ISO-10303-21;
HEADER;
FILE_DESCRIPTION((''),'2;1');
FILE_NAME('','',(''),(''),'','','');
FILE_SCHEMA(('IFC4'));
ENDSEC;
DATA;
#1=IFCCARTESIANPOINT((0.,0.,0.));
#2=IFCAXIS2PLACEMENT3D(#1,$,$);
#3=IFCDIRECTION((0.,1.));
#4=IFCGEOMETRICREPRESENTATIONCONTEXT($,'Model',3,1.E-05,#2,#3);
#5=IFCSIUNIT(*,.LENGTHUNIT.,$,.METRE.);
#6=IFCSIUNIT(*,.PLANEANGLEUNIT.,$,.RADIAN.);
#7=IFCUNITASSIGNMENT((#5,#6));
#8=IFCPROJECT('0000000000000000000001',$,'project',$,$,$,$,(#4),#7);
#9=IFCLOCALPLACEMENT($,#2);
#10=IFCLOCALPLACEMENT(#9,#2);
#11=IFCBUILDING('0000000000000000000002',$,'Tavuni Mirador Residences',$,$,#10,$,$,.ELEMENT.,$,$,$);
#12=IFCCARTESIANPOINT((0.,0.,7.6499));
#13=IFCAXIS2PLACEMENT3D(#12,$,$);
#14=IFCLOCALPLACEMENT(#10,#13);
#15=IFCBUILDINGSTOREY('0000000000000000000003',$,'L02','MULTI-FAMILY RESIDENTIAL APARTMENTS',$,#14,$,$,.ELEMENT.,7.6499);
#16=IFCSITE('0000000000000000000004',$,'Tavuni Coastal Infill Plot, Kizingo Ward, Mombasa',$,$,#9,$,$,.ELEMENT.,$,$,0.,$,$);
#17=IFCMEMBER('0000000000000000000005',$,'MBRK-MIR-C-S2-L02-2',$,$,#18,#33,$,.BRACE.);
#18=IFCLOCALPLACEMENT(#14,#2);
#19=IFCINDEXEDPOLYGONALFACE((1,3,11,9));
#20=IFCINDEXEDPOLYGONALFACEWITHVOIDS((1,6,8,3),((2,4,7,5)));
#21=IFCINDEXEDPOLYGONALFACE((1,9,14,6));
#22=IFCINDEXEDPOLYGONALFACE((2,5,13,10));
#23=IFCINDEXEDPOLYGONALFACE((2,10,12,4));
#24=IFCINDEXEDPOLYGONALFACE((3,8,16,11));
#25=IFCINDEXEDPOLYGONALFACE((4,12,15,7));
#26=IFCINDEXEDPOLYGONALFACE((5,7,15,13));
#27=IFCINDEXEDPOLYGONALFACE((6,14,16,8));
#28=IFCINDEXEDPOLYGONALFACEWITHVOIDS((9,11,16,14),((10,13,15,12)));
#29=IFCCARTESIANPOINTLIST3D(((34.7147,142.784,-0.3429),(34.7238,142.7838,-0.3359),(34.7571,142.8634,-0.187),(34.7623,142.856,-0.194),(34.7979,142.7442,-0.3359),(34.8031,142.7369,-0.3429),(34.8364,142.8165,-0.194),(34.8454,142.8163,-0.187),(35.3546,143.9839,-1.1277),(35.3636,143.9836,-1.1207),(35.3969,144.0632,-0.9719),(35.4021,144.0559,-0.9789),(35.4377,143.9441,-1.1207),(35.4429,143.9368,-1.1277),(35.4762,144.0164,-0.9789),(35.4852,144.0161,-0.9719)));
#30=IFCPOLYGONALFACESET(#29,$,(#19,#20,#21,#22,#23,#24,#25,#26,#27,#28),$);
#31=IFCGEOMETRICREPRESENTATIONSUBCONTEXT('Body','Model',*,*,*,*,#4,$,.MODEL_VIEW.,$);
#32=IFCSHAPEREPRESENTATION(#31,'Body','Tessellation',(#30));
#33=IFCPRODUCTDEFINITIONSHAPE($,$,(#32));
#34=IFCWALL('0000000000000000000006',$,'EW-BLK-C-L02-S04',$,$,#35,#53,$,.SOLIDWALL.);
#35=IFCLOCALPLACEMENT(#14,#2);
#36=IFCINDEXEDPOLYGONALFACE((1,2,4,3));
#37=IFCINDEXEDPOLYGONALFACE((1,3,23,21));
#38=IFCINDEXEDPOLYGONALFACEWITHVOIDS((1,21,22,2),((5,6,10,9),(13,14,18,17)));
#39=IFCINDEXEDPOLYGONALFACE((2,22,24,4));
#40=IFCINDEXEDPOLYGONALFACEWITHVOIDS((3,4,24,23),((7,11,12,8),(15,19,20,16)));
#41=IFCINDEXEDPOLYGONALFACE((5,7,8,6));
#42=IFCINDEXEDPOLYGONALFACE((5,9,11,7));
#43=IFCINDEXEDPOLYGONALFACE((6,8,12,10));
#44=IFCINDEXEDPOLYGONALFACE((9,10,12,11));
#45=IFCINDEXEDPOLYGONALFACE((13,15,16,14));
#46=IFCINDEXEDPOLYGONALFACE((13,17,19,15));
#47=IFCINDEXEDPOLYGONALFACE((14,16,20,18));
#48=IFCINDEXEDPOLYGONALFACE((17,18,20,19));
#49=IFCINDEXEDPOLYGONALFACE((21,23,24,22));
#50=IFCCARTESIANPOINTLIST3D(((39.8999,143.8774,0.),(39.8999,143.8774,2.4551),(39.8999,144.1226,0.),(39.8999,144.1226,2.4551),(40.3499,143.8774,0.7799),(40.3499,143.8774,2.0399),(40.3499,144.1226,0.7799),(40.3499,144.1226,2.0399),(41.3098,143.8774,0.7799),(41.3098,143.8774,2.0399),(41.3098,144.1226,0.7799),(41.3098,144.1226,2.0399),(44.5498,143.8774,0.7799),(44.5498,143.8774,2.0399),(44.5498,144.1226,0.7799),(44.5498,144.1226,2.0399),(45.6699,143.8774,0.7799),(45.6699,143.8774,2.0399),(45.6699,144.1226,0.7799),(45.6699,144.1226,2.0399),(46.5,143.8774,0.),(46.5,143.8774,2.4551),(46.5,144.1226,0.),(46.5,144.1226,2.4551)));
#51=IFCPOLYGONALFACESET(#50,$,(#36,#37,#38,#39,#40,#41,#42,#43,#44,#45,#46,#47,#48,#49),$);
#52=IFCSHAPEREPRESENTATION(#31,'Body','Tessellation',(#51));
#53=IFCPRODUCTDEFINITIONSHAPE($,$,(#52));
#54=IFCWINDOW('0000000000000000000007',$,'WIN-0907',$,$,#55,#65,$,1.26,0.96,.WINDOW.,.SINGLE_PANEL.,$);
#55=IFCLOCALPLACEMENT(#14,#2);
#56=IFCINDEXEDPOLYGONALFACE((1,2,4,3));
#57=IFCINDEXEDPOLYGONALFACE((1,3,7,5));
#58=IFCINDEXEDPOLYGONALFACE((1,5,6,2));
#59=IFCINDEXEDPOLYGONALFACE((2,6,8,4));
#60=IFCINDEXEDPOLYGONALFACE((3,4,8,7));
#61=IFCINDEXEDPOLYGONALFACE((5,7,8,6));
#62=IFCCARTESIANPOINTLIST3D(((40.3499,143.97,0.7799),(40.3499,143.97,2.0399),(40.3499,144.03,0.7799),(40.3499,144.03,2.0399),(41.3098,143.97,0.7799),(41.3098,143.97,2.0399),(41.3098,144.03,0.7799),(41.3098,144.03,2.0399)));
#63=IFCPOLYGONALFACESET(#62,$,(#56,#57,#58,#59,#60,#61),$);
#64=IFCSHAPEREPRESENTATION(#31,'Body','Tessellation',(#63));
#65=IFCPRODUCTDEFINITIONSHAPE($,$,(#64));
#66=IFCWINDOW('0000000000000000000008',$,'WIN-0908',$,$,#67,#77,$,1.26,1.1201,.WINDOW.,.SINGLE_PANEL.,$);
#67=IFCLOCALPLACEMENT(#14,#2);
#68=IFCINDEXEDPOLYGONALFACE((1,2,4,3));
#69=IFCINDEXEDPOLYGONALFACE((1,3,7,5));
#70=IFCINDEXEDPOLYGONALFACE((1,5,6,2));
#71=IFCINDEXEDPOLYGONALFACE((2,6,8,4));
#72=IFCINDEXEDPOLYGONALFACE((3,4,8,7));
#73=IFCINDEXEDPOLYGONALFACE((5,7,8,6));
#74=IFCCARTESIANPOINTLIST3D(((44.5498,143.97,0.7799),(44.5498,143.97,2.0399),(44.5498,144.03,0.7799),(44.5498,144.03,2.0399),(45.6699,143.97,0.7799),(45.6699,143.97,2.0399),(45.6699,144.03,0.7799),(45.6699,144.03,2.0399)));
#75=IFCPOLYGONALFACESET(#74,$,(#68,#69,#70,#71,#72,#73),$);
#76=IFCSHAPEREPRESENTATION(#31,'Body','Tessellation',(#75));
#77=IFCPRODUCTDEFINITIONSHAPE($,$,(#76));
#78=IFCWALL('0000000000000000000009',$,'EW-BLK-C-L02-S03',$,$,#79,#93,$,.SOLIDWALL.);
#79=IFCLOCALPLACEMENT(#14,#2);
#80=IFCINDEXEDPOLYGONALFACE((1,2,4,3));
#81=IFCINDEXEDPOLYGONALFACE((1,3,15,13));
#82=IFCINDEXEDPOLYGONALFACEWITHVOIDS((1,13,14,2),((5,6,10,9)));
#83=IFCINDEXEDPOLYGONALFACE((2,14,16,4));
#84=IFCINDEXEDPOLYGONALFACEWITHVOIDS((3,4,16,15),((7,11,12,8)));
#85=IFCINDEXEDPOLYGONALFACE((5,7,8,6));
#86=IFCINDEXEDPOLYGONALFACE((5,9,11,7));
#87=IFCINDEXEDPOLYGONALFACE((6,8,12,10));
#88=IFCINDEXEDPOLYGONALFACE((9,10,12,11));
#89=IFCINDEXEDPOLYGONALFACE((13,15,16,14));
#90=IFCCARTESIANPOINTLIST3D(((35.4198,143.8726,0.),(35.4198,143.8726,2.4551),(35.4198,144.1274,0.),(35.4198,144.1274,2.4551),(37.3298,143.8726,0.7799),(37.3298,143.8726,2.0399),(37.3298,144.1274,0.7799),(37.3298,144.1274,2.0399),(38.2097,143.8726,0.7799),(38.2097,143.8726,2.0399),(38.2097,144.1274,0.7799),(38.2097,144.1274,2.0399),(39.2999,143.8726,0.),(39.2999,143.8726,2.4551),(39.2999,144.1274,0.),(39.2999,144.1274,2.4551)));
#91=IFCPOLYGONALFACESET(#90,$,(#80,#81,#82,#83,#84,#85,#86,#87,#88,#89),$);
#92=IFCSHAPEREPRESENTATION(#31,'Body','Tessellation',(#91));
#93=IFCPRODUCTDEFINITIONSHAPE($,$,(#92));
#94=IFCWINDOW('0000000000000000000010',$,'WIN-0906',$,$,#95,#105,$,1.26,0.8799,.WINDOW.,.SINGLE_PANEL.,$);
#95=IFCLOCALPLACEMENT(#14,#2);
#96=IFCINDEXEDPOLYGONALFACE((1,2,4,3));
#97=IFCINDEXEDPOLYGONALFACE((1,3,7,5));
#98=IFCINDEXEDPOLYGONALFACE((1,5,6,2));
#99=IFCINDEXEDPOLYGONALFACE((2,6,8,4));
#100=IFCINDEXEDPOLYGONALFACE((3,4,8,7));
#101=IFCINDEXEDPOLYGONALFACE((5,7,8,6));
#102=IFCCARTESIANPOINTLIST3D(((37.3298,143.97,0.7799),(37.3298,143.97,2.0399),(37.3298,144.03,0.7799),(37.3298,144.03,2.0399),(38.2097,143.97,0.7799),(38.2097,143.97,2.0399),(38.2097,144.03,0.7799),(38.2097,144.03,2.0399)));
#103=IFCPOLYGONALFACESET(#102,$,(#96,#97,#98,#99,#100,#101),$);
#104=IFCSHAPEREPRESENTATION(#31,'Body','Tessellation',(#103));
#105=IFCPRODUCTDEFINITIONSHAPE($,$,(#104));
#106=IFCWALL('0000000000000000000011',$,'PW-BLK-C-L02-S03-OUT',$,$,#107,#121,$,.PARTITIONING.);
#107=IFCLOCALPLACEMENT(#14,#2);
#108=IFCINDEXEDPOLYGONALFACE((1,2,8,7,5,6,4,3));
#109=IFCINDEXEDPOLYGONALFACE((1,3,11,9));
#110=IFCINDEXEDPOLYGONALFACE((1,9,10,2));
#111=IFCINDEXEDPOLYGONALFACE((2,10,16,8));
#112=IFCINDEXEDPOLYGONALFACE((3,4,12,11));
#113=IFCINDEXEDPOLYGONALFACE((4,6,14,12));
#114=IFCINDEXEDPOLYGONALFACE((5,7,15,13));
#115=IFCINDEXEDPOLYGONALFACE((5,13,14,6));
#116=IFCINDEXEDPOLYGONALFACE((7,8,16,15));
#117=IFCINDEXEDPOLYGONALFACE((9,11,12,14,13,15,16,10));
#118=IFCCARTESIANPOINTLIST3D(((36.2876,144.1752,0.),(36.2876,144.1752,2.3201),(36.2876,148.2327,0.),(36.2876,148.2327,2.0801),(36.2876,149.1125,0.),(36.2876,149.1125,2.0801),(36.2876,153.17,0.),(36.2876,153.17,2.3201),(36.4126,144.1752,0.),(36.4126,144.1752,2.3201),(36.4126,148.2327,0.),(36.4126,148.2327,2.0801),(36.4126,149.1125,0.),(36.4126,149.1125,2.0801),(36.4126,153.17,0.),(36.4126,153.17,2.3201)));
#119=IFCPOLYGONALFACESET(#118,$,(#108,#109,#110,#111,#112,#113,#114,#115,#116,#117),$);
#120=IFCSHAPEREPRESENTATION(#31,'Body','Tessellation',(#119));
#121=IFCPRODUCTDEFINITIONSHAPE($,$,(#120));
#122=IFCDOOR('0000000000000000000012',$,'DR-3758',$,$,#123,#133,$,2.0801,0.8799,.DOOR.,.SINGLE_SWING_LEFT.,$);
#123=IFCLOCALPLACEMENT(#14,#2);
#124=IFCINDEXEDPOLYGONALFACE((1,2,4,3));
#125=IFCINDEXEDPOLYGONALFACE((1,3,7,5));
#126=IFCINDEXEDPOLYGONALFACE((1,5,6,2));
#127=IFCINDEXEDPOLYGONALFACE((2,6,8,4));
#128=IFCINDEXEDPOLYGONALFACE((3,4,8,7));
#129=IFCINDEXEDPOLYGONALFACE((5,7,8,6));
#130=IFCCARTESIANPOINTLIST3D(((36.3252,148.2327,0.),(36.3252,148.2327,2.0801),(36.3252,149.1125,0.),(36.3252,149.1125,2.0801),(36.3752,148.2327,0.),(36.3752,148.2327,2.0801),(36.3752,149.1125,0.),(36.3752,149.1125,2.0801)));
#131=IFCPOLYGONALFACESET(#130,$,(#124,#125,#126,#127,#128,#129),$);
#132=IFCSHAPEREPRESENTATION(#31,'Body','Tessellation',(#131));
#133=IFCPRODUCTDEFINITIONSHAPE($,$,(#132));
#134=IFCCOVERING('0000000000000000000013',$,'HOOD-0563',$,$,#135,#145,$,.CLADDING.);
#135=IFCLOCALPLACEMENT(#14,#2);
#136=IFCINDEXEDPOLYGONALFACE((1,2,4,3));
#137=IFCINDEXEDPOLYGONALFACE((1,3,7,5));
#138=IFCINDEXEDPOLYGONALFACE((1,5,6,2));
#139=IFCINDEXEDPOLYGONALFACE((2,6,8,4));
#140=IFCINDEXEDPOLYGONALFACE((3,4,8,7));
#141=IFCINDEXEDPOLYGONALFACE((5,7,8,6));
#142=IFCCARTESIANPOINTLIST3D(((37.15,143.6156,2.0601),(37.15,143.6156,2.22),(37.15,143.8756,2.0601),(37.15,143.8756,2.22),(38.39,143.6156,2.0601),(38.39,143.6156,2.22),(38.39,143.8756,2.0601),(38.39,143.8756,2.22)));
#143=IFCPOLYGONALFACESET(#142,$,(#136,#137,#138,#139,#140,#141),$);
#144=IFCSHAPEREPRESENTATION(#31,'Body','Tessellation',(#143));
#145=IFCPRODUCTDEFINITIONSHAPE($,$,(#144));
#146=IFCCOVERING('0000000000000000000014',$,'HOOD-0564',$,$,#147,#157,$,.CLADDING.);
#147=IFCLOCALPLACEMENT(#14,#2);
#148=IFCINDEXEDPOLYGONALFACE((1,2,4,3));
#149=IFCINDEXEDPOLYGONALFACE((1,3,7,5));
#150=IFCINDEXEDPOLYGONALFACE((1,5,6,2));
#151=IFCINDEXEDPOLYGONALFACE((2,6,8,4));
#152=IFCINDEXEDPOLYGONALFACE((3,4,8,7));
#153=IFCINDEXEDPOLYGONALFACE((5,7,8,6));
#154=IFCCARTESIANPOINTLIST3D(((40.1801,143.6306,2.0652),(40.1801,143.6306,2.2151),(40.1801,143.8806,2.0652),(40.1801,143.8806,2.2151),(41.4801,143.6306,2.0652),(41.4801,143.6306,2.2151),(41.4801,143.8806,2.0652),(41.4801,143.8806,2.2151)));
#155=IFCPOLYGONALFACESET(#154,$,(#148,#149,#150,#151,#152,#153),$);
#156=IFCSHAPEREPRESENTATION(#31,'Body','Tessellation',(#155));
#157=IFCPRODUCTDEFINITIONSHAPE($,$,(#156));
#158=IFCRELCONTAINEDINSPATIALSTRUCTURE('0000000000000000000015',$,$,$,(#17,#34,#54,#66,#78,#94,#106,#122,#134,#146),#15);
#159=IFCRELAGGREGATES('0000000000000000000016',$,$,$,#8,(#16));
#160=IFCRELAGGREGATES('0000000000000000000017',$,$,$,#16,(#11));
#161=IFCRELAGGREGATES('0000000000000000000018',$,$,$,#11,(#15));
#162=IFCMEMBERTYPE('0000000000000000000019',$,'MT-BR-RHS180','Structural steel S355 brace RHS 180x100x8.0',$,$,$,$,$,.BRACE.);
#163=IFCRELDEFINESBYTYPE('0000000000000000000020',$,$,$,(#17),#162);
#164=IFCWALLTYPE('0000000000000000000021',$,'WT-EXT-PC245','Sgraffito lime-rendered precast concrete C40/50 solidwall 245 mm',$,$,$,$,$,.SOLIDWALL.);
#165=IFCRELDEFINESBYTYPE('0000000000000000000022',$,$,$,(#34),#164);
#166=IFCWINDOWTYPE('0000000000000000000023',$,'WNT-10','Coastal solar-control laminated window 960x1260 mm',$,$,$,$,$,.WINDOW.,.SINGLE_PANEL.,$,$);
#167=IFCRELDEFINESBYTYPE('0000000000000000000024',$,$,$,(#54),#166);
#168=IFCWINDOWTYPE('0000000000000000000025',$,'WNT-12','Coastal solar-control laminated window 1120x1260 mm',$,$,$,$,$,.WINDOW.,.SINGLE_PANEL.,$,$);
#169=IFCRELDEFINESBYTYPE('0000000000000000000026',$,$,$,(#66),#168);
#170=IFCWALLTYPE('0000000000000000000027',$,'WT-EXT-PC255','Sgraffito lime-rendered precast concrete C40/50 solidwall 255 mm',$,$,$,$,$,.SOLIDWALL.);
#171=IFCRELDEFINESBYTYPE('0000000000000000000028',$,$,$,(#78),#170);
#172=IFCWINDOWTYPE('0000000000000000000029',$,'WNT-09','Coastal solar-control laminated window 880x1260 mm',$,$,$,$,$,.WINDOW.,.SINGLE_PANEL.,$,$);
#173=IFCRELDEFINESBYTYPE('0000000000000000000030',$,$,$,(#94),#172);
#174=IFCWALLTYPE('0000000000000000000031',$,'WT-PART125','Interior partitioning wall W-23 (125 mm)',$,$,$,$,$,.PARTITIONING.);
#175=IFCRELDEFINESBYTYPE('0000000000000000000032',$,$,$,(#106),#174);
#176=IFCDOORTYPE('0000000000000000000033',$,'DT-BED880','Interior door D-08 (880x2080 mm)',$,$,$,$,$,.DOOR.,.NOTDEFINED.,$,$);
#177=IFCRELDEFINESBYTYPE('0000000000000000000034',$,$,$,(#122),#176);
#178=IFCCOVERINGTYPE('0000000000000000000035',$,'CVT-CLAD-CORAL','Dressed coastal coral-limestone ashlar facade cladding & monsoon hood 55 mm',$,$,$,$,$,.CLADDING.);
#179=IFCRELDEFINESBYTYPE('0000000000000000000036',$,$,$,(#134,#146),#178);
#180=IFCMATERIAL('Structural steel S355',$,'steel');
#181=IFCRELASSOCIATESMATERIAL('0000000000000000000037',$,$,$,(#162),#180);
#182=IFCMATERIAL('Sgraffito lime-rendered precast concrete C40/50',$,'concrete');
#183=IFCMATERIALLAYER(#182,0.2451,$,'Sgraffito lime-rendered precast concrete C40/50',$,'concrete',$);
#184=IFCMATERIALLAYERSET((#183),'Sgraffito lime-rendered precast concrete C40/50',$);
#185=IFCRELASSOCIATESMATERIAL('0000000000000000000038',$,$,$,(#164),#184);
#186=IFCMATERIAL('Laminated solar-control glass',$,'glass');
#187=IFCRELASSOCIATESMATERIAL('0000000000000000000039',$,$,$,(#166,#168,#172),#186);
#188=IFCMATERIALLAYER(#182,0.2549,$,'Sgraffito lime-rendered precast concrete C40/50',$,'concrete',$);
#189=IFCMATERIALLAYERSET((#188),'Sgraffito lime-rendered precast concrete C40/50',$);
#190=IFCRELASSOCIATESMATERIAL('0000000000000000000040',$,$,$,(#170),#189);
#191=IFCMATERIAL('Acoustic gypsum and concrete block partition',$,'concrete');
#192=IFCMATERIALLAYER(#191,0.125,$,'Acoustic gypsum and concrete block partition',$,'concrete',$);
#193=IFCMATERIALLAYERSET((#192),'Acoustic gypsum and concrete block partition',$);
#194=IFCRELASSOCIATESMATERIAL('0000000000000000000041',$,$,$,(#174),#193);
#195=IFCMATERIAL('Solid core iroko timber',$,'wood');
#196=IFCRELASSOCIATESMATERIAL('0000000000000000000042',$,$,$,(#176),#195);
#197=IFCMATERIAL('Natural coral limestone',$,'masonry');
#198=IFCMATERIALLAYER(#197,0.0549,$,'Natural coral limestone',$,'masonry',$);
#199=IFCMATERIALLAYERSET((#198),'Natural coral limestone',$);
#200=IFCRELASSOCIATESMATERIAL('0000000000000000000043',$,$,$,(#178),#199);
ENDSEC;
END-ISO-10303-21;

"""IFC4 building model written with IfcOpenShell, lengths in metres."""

from ifc_helpers import new_model, si_unit, direction, frame, frame_2d, origin, origin_2d, place, context, subcontext, project, spatial, rectangle, hollow_rectangle, extrude, material, layer, layer_set, material_profile, profile_set, type_object, element, fill, save


model = new_model("IFC4")

# Units and contexts
model_context = context("Model", 3, precision=1e-05, world=origin(), true_north=direction((0.0, 1.0)))
body_context = subcontext(model_context, "Body", "Model", "MODEL_VIEW")
ifc_project = project(units=[si_unit("LENGTHUNIT", "METRE"), si_unit("PLANEANGLEUNIT", "RADIAN")], contexts=[model_context])

# Site, building, storey
site_placement = place(None, origin())
site = spatial("IfcSite", under=ifc_project, at=site_placement, Name="Tavuni Coastal Infill Plot, Kizingo Ward, Mombasa", CompositionType="ELEMENT", RefElevation=0.0)
building_placement = place(site_placement, origin())
building = spatial("IfcBuilding", under=site, at=building_placement, Name="Tavuni Mirador Residences", CompositionType="ELEMENT")
storey_placement = place(building_placement, frame((0.0, 0.0, 7.6499)))
storey = spatial("IfcBuildingStorey", under=building, at=storey_placement, Name="L02", Description="MULTI-FAMILY RESIDENTIAL APARTMENTS", CompositionType="ELEMENT", Elevation=7.6499)

# Member
ifc_material_1 = material(Name="Structural steel S355", Category="steel")
ifc_material_profile_1 = material_profile(ifc_material_1, hollow_rectangle(XDim=0.1001, YDim=0.1799, WallThickness=0.0081, at=origin_2d()), Name="RHS 180x100x8.0", Category="steel")
ifc_profile_set_1 = profile_set([ifc_material_profile_1], Name="Structural steel S355")
member_type_1 = type_object("IfcMemberType", Name="MT-BR-RHS180", Description="Structural steel S355 brace RHS 180x100x8.0", PredefinedType="BRACE", material=ifc_profile_set_1)
member_1_placement = place(storey_placement, frame((35.4199, 144.0, -1.0498), z_axis=(-0.407531, -0.764218, 0.49989), x_axis=(0.882378, -0.470542, 0.0)))
element("IfcMember", 1, at=member_1_placement, inside=storey, type_object=member_type_1, Name="MBRK-MIR-C-S2-L02-2", PredefinedType="BRACE", context=body_context, shape_type="SweptSolid", body=[
    extrude(hollow_rectangle(XDim=0.1001, YDim=0.1799, WallThickness=0.0081, at=origin_2d()), origin(), (0.0, 0.0, 1.0), 1.5701),
])

# Wall, openings, windows
ifc_material_2 = material(Name="Sgraffito lime-rendered precast concrete C40/50", Category="concrete")
ifc_layer_1 = layer(ifc_material_2, 0.2451, Name="Sgraffito lime-rendered precast concrete C40/50", Category="concrete")
ifc_layer_set_1 = layer_set([ifc_layer_1], Name="Sgraffito lime-rendered precast concrete C40/50")
wall_type_1 = type_object("IfcWallType", Name="WT-EXT-PC245", Description="Sgraffito lime-rendered precast concrete C40/50 solidwall 245 mm", PredefinedType="SOLIDWALL", material=ifc_layer_set_1)
wall_1_placement = place(storey_placement, frame((39.8999, 144.0, 0.0), z_axis=(0.0, 0.0, 1.0), x_axis=(1.0, 0.0, 0.0)))
wall_1 = element("IfcWall", 2, at=wall_1_placement, inside=storey, type_object=wall_type_1, Name="EW-BLK-C-L02-S04", PredefinedType="SOLIDWALL", context=body_context, shape_type="SweptSolid", body=[
    extrude(rectangle(XDim=6.6001, YDim=0.2451, at=frame_2d((3.3, 0.0))), origin(), (0.0, 0.0, 1.0), 2.4551),
])
opening_1_placement = place(wall_1_placement, frame((0.45, 0.0, 0.78)))
opening_1 = element("IfcOpeningElement", 3, at=opening_1_placement, cuts=wall_1, PredefinedType="OPENING", context=body_context, shape_type="SweptSolid", body=[
    extrude(rectangle(XDim=0.96, YDim=1.26, at=frame_2d((0.48, 0.6299))), frame((0.0, 0.1326, 0.0), z_axis=(0.0, -1.0, 0.0), x_axis=(1.0, 0.0, 0.0)), (0.0, 0.0, 1.0), 0.2651),
])
opening_2_placement = place(wall_1_placement, frame((4.6499, 0.0, 0.78)))
opening_2 = element("IfcOpeningElement", 4, at=opening_2_placement, cuts=wall_1, PredefinedType="OPENING", context=body_context, shape_type="SweptSolid", body=[
    extrude(rectangle(XDim=1.1201, YDim=1.26, at=frame_2d((0.5601, 0.6299))), frame((0.0, 0.1326, 0.0), z_axis=(0.0, -1.0, 0.0), x_axis=(1.0, 0.0, 0.0)), (0.0, 0.0, 1.0), 0.2651),
])
ifc_material_3 = material(Name="Laminated solar-control glass", Category="glass")
window_type_1 = type_object("IfcWindowType", Name="WNT-10", Description="Coastal solar-control laminated window 960x1260 mm", PartitioningType="SINGLE_PANEL", PredefinedType="WINDOW", material=ifc_material_3)
window_1_placement = place(opening_1_placement, origin())
window_1 = element("IfcWindow", 5, at=window_1_placement, inside=storey, type_object=window_type_1, Name="WIN-0907", OverallHeight=1.26, OverallWidth=0.96, PartitioningType="SINGLE_PANEL", PredefinedType="WINDOW", context=body_context, shape_type="SweptSolid", body=[
    extrude(rectangle(XDim=0.96, YDim=1.26, at=frame_2d((0.48, 0.6299))), frame((0.0, 0.03, 0.0), z_axis=(0.0, -1.0, 0.0), x_axis=(1.0, 0.0, 0.0)), (0.0, 0.0, 1.0), 0.0601),
])
fill(opening_1, window_1)
window_type_2 = type_object("IfcWindowType", Name="WNT-12", Description="Coastal solar-control laminated window 1120x1260 mm", PartitioningType="SINGLE_PANEL", PredefinedType="WINDOW", material=ifc_material_3)
window_2_placement = place(opening_2_placement, origin())
window_2 = element("IfcWindow", 6, at=window_2_placement, inside=storey, type_object=window_type_2, Name="WIN-0908", OverallHeight=1.26, OverallWidth=1.1201, PartitioningType="SINGLE_PANEL", PredefinedType="WINDOW", context=body_context, shape_type="SweptSolid", body=[
    extrude(rectangle(XDim=1.1201, YDim=1.26, at=frame_2d((0.5601, 0.6299))), frame((0.0, 0.03, 0.0), z_axis=(0.0, -1.0, 0.0), x_axis=(1.0, 0.0, 0.0)), (0.0, 0.0, 1.0), 0.0601),
])
fill(opening_2, window_2)

# Wall, opening, window
ifc_layer_2 = layer(ifc_material_2, 0.2549, Name="Sgraffito lime-rendered precast concrete C40/50", Category="concrete")
ifc_layer_set_2 = layer_set([ifc_layer_2], Name="Sgraffito lime-rendered precast concrete C40/50")
wall_type_2 = type_object("IfcWallType", Name="WT-EXT-PC255", Description="Sgraffito lime-rendered precast concrete C40/50 solidwall 255 mm", PredefinedType="SOLIDWALL", material=ifc_layer_set_2)
wall_2_placement = place(storey_placement, frame((35.4199, 144.0, 0.0), z_axis=(0.0, 0.0, 1.0), x_axis=(1.0, 0.0, 0.0)))
wall_2 = element("IfcWall", 7, at=wall_2_placement, inside=storey, type_object=wall_type_2, Name="EW-BLK-C-L02-S03", PredefinedType="SOLIDWALL", context=body_context, shape_type="SweptSolid", body=[
    extrude(rectangle(XDim=3.8801, YDim=0.2549, at=frame_2d((1.9399, 0.0))), origin(), (0.0, 0.0, 1.0), 2.4551),
])
opening_3_placement = place(wall_2_placement, frame((1.9099, 0.0, 0.78)))
opening_3 = element("IfcOpeningElement", 8, at=opening_3_placement, cuts=wall_2, PredefinedType="OPENING", context=body_context, shape_type="SweptSolid", body=[
    extrude(rectangle(XDim=0.8799, YDim=1.26, at=frame_2d((0.4399, 0.6299))), frame((0.0, 0.1375, 0.0), z_axis=(0.0, -1.0, 0.0), x_axis=(1.0, 0.0, 0.0)), (0.0, 0.0, 1.0), 0.2749),
])
window_type_3 = type_object("IfcWindowType", Name="WNT-09", Description="Coastal solar-control laminated window 880x1260 mm", PartitioningType="SINGLE_PANEL", PredefinedType="WINDOW", material=ifc_material_3)
window_3_placement = place(opening_3_placement, origin())
window_3 = element("IfcWindow", 9, at=window_3_placement, inside=storey, type_object=window_type_3, Name="WIN-0906", OverallHeight=1.26, OverallWidth=0.8799, PartitioningType="SINGLE_PANEL", PredefinedType="WINDOW", context=body_context, shape_type="SweptSolid", body=[
    extrude(rectangle(XDim=0.8799, YDim=1.26, at=frame_2d((0.4399, 0.6299))), frame((0.0, 0.03, 0.0), z_axis=(0.0, -1.0, 0.0), x_axis=(1.0, 0.0, 0.0)), (0.0, 0.0, 1.0), 0.0601),
])
fill(opening_3, window_3)

# Wall, opening, door
ifc_material_4 = material(Name="Acoustic gypsum and concrete block partition", Category="concrete")
ifc_layer_3 = layer(ifc_material_4, 0.125, Name="Acoustic gypsum and concrete block partition", Category="concrete")
ifc_layer_set_3 = layer_set([ifc_layer_3], Name="Acoustic gypsum and concrete block partition")
wall_type_3 = type_object("IfcWallType", Name="WT-PART125", Description="Interior partitioning wall W-23 (125 mm)", PredefinedType="PARTITIONING", material=ifc_layer_set_3)
wall_3_placement = place(storey_placement, frame((36.3501, 144.175, 0.0), z_axis=(0.0, 0.0, 1.0), x_axis=(0.0, 1.0, 0.0)))
wall_3 = element("IfcWall", 10, at=wall_3_placement, inside=storey, type_object=wall_type_3, Name="PW-BLK-C-L02-S03-OUT", PredefinedType="PARTITIONING", context=body_context, shape_type="SweptSolid", body=[
    extrude(rectangle(XDim=8.9949, YDim=0.125, at=frame_2d((4.4976, 0.0))), origin(), (0.0, 0.0, 1.0), 2.3201),
])
opening_4_placement = place(wall_3_placement, frame((4.0576, 0.0, 0.0)))
opening_4 = element("IfcOpeningElement", 11, at=opening_4_placement, cuts=wall_3, PredefinedType="OPENING", context=body_context, shape_type="SweptSolid", body=[
    extrude(rectangle(XDim=0.8799, YDim=2.0801, at=frame_2d((0.4399, 1.04))), frame((0.0, 0.0725, 0.0), z_axis=(0.0, -1.0, 0.0), x_axis=(1.0, 0.0, 0.0)), (0.0, 0.0, 1.0), 0.145),
])
ifc_material_5 = material(Name="Solid core iroko timber", Category="wood")
door_type = type_object("IfcDoorType", Name="DT-BED880", Description="Interior door D-08 (880x2080 mm)", OperationType="NOTDEFINED", PredefinedType="DOOR", material=ifc_material_5)
door_placement = place(opening_4_placement, origin())
door = element("IfcDoor", 12, at=door_placement, inside=storey, type_object=door_type, Name="DR-3758", OperationType="SINGLE_SWING_LEFT", OverallHeight=2.0801, OverallWidth=0.8799, PredefinedType="DOOR", context=body_context, shape_type="SweptSolid", body=[
    extrude(rectangle(XDim=0.8799, YDim=2.0801, at=frame_2d((0.4399, 1.04))), frame((0.0, 0.0249, 0.0), z_axis=(0.0, -1.0, 0.0), x_axis=(1.0, 0.0, 0.0)), (0.0, 0.0, 1.0), 0.05),
])
fill(opening_4, door)

# Coverings
ifc_material_6 = material(Name="Natural coral limestone", Category="masonry")
ifc_layer_4 = layer(ifc_material_6, 0.0549, Name="Natural coral limestone", Category="masonry")
ifc_layer_set_4 = layer_set([ifc_layer_4], Name="Natural coral limestone")
covering_type = type_object("IfcCoveringType", Name="CVT-CLAD-CORAL", Description="Dressed coastal coral-limestone ashlar facade cladding & monsoon hood 55 mm", PredefinedType="CLADDING", material=ifc_layer_set_4)
covering_1_placement = place(storey_placement, frame((37.77, 143.7456, 2.0601), z_axis=(0.0, 0.0, 1.0), x_axis=(1.0, 0.0, 0.0)))
element("IfcCovering", 13, at=covering_1_placement, inside=storey, type_object=covering_type, Name="HOOD-0563", PredefinedType="CLADDING", context=body_context, shape_type="SweptSolid", body=[
    extrude(rectangle(XDim=1.24, YDim=0.26, at=origin_2d()), origin(), (0.0, 0.0, 1.0), 0.1599),
])
covering_2_placement = place(storey_placement, frame((40.8301, 143.7556, 2.0652), z_axis=(0.0, 0.0, 1.0), x_axis=(1.0, 0.0, 0.0)))
element("IfcCovering", 14, at=covering_2_placement, inside=storey, type_object=covering_type, Name="HOOD-0564", PredefinedType="CLADDING", context=body_context, shape_type="SweptSolid", body=[
    extrude(rectangle(XDim=1.3, YDim=0.25, at=origin_2d()), origin(), (0.0, 0.0, 1.0), 0.1499),
])

save(model, "model.ifc")
